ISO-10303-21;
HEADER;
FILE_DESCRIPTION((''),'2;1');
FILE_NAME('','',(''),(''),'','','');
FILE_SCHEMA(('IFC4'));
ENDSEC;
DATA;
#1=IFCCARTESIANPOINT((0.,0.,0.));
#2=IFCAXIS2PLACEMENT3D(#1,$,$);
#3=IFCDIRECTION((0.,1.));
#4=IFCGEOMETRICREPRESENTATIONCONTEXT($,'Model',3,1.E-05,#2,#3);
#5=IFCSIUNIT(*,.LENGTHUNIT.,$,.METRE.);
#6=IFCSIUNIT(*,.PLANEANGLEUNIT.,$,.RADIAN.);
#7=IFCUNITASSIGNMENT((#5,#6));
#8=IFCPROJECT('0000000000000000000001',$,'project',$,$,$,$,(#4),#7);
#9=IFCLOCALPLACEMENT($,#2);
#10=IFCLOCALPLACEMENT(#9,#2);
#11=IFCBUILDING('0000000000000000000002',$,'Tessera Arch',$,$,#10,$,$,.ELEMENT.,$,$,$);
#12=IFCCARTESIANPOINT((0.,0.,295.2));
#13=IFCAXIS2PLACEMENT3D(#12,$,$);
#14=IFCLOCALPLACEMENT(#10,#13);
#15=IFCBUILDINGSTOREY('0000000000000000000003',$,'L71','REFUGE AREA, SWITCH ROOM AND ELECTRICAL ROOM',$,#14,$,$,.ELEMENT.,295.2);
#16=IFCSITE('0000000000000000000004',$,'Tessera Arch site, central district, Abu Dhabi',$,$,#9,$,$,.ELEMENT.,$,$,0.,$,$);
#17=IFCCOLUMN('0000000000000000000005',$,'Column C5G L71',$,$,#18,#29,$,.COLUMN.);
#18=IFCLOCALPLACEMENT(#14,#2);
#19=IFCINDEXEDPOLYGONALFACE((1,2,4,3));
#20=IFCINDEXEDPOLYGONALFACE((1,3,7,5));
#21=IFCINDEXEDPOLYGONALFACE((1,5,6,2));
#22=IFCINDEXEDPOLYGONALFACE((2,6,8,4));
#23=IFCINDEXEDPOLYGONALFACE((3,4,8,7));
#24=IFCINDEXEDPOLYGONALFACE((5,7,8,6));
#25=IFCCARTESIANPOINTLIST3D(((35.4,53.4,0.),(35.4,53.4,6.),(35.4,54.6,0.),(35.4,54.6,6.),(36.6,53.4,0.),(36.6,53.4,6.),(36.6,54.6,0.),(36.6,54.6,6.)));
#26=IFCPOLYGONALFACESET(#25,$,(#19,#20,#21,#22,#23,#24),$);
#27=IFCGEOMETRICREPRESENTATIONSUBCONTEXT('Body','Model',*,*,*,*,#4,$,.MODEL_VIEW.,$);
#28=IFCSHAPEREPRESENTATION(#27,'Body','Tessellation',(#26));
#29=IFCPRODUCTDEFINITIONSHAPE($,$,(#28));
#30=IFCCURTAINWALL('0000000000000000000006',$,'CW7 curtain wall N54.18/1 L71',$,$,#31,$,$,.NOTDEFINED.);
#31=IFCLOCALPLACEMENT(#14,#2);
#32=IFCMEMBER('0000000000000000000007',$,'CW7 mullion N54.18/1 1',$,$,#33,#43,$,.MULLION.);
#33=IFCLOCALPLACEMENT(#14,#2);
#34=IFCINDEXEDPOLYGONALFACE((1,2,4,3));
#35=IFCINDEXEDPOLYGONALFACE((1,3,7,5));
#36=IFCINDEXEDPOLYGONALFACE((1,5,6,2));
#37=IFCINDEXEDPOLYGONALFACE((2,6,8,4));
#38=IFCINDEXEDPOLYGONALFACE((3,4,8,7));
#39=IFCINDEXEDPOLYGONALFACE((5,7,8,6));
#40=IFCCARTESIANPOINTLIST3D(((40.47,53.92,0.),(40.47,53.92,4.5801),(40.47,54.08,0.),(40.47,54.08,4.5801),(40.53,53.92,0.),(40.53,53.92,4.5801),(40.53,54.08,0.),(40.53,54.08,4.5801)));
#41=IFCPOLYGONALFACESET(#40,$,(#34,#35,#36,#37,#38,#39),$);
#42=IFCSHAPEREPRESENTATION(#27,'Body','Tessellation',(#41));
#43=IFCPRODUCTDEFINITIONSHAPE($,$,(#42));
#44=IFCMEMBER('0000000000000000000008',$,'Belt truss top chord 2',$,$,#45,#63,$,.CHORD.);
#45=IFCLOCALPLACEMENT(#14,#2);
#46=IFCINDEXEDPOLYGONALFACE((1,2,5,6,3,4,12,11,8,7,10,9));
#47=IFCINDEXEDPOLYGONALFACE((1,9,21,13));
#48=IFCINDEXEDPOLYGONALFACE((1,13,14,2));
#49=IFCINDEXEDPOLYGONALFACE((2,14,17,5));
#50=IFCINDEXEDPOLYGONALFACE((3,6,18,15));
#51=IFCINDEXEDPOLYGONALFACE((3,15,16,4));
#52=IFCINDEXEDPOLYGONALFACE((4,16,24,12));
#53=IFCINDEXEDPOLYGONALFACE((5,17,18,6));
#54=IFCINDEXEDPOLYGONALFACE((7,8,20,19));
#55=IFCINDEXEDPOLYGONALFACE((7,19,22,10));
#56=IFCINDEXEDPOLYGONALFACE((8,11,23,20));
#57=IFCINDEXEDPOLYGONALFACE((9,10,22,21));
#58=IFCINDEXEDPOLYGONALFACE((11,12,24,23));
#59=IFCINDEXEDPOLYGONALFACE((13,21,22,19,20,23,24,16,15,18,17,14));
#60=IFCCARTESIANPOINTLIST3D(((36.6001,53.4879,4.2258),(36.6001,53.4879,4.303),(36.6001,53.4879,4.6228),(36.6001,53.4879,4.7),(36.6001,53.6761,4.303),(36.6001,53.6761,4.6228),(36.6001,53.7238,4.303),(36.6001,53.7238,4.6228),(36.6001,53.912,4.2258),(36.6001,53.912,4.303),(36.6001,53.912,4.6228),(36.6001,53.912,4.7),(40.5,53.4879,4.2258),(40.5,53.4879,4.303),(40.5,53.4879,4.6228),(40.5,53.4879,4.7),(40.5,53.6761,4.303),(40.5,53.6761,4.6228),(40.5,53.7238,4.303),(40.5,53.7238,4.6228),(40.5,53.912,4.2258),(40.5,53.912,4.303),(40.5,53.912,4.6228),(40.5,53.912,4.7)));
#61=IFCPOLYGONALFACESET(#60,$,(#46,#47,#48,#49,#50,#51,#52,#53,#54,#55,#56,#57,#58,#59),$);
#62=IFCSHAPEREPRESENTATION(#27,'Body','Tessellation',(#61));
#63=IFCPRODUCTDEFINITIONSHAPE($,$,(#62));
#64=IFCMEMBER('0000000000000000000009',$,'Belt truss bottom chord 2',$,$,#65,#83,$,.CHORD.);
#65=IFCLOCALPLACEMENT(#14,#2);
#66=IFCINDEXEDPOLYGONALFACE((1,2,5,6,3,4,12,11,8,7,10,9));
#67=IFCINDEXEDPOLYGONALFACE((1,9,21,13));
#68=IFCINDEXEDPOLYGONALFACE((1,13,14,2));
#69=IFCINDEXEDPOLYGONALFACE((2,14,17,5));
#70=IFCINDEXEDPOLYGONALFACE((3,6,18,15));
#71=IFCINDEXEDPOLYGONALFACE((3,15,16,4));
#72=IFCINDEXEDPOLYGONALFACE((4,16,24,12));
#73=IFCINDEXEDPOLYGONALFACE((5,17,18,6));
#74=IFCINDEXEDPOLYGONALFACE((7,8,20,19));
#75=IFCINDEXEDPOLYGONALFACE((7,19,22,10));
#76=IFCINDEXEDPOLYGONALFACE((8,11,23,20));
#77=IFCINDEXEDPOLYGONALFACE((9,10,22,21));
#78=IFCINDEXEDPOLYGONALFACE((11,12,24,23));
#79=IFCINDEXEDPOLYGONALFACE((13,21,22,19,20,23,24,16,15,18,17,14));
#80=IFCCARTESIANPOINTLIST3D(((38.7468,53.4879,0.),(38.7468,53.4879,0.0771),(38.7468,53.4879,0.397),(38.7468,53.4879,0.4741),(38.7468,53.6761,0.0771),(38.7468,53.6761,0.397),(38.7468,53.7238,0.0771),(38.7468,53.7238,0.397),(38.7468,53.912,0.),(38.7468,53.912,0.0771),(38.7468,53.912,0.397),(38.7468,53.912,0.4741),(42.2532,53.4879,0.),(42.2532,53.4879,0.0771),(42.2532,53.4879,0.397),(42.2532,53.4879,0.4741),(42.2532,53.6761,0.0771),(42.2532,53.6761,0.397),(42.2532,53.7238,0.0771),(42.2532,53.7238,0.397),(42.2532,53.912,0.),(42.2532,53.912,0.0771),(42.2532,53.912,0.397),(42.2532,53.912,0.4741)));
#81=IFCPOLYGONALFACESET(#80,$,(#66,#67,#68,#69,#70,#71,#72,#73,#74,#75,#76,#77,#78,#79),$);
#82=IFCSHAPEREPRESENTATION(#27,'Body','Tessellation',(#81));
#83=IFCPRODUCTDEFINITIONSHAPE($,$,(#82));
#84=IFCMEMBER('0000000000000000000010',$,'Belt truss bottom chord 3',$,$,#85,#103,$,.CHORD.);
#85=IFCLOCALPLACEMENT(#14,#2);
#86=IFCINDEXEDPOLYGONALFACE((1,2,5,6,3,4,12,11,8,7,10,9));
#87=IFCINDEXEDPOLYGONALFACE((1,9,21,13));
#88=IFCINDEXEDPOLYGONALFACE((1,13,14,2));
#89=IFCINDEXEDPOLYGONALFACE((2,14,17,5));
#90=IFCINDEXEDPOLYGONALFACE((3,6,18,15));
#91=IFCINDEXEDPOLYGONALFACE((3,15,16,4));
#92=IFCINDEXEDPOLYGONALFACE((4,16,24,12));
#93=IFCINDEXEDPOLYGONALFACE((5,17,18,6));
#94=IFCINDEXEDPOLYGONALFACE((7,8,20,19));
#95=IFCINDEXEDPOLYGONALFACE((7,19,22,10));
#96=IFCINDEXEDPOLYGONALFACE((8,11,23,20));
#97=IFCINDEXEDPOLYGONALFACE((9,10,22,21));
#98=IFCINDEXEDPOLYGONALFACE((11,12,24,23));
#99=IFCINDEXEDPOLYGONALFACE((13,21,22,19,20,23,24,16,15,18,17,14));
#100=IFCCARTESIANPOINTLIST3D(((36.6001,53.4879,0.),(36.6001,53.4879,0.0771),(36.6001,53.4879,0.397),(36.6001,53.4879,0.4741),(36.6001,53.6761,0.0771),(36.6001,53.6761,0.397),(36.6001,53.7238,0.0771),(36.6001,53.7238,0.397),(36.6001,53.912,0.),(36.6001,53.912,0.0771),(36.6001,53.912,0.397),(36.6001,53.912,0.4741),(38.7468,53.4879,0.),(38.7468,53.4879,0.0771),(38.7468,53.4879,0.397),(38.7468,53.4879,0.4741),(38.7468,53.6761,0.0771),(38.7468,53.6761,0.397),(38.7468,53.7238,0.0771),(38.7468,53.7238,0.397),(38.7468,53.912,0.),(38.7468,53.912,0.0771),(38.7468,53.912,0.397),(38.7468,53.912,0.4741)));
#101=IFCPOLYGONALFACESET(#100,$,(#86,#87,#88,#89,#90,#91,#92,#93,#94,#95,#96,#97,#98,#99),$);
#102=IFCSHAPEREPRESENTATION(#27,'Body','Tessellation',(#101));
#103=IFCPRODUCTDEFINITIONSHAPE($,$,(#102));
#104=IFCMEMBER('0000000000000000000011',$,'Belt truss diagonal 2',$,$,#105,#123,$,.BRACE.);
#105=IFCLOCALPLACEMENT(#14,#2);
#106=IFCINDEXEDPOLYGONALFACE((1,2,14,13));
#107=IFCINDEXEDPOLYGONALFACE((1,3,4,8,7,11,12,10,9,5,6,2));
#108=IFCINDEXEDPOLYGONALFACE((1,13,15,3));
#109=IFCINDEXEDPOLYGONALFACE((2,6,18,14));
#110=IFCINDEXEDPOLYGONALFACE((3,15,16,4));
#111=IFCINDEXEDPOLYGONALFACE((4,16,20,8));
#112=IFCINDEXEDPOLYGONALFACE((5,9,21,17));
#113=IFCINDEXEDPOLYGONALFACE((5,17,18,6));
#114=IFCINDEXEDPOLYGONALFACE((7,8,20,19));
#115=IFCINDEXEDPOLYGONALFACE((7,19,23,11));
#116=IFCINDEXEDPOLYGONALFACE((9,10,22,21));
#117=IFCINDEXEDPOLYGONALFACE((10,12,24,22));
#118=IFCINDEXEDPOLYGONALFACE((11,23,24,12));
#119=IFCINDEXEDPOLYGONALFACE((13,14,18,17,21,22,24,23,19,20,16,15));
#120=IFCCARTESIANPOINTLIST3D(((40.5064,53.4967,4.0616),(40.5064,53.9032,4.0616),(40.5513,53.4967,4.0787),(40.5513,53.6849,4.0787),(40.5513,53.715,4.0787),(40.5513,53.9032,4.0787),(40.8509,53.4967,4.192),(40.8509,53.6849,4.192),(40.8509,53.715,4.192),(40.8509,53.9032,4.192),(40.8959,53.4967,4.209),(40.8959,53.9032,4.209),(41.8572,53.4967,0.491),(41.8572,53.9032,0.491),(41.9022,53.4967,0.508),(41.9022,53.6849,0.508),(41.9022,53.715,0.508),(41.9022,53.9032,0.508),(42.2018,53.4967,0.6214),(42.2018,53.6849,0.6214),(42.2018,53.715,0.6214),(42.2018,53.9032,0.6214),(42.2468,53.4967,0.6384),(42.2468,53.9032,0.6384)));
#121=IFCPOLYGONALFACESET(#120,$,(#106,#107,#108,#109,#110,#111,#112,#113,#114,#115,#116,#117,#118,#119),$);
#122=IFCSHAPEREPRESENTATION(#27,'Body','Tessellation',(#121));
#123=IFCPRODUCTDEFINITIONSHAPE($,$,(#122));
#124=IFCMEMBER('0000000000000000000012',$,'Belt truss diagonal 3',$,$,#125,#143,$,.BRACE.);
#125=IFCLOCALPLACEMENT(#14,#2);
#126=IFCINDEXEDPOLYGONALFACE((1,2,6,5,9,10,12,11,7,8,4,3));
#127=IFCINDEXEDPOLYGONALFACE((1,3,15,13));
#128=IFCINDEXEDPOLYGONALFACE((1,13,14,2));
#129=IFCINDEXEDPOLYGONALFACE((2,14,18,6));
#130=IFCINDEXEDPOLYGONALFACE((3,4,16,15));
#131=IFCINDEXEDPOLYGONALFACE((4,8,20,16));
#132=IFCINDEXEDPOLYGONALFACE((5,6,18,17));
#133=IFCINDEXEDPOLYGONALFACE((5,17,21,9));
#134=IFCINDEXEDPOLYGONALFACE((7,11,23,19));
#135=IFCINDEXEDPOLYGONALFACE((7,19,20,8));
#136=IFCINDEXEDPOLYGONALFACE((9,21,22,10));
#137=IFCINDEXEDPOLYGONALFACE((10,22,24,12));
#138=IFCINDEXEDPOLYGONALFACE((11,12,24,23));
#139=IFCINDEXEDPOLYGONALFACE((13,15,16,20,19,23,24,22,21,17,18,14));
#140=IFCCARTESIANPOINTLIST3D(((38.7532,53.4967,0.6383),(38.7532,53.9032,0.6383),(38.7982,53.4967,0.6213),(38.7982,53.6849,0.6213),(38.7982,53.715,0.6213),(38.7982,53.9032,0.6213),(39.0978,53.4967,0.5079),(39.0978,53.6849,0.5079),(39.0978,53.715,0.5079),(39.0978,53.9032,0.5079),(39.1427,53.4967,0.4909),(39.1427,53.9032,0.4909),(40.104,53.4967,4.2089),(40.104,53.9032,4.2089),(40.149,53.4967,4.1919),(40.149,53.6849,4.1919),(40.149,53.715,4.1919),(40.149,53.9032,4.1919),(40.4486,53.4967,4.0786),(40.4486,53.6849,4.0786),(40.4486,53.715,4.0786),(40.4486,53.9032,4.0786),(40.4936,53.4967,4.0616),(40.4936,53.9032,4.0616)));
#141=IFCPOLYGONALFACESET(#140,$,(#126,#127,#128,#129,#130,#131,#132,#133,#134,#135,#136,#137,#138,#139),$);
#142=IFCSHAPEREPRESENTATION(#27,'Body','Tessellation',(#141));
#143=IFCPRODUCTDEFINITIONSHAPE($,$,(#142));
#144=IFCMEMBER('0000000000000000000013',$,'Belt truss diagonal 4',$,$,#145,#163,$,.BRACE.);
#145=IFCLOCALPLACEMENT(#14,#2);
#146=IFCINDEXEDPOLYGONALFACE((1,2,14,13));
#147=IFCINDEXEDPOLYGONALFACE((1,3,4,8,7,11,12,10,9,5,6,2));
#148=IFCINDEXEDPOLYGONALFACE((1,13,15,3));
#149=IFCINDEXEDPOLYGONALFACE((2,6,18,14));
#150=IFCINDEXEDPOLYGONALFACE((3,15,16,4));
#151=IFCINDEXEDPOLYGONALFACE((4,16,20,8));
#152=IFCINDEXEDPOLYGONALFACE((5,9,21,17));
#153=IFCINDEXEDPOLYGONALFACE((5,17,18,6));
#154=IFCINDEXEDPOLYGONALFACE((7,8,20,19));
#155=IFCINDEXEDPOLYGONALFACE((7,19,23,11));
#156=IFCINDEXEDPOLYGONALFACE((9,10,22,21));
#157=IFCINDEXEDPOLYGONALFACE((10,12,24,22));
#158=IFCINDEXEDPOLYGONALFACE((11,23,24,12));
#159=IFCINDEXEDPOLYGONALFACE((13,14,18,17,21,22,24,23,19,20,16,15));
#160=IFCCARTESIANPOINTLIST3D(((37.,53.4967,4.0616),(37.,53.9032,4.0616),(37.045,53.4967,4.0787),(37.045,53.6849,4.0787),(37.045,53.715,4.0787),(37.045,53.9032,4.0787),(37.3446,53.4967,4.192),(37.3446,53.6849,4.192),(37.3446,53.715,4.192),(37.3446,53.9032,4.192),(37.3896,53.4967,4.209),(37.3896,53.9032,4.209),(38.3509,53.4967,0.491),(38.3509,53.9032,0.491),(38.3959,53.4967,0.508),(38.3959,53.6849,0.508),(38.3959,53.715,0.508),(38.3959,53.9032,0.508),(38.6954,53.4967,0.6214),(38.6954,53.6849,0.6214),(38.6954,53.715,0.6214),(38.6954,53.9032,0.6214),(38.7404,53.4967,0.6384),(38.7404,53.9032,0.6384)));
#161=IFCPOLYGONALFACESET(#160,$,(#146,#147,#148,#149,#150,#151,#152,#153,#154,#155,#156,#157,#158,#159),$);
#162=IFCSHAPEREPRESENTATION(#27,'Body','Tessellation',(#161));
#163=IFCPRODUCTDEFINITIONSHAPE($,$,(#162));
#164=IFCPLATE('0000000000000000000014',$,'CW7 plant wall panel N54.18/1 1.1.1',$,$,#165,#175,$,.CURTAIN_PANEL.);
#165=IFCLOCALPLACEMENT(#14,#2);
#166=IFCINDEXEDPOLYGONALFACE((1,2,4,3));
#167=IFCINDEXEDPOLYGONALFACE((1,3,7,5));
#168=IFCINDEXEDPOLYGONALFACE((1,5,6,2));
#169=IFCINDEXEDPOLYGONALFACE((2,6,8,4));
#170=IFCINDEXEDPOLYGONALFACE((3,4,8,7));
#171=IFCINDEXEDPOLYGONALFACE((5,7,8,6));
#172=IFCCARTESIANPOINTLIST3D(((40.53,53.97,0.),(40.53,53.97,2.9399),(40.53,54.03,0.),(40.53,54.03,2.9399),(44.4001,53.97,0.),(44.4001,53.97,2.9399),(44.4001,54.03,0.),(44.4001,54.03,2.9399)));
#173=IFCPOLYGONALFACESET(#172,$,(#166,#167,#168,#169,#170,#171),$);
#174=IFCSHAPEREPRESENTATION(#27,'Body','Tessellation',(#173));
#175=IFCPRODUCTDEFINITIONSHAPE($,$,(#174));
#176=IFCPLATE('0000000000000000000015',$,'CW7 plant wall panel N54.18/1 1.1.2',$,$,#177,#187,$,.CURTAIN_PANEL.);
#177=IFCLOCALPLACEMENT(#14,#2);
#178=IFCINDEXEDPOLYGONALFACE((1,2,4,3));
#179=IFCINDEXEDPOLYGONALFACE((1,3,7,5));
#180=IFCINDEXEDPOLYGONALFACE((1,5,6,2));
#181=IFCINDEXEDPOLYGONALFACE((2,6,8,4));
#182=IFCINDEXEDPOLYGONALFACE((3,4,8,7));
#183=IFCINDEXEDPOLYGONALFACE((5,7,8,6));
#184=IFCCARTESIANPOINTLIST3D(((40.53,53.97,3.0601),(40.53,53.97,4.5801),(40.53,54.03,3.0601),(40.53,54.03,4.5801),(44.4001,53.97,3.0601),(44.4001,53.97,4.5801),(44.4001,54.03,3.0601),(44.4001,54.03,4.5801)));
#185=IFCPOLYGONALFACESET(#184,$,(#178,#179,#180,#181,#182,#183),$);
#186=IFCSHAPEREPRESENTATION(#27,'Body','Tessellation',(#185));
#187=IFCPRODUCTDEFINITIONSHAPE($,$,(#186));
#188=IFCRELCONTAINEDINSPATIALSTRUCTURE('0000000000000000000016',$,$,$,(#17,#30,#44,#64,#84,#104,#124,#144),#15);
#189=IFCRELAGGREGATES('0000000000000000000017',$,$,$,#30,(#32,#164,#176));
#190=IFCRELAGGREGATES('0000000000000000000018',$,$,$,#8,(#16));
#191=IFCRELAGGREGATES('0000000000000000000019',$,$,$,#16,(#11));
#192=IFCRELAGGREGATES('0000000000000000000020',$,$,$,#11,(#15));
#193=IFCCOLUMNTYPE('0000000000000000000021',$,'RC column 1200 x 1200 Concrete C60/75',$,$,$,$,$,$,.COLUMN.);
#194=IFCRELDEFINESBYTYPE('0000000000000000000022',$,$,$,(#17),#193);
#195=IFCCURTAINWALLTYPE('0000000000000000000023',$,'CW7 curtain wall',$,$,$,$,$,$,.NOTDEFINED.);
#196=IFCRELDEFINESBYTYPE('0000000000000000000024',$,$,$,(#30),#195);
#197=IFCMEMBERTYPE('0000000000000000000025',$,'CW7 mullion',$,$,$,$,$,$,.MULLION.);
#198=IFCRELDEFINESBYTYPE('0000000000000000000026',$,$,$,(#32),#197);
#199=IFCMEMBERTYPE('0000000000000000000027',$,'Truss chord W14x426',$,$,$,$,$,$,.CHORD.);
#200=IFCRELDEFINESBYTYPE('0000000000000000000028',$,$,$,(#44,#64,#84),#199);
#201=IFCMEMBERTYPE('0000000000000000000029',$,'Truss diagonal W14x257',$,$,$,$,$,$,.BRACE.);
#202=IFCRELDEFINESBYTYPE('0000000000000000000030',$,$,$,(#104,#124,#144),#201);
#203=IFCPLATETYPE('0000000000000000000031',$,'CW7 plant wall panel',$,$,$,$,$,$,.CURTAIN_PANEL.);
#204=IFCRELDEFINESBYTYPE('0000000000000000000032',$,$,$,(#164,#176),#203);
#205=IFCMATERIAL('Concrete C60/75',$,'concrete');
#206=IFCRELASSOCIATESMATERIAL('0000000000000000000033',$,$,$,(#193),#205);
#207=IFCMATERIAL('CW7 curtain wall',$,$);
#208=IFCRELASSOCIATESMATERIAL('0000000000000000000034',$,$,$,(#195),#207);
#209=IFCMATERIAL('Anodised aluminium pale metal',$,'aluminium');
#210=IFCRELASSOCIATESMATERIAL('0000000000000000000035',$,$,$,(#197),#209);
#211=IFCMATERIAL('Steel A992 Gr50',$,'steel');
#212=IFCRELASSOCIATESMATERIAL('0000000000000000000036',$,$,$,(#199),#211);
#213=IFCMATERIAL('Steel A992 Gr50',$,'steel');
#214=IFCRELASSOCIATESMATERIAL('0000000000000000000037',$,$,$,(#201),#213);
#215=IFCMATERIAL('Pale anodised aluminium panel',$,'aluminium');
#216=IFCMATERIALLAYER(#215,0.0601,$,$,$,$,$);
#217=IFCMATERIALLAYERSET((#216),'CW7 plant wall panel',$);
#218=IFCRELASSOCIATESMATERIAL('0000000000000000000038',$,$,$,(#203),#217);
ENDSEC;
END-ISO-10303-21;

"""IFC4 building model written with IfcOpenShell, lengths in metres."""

from ifc_helpers import new_model, si_unit, direction, frame, origin, origin_2d, place, context, subcontext, project, spatial, rectangle, i_section, extrude, material, layer, layer_set, material_profile, profile_set, type_object, element, aggregate, save


model = new_model("IFC4")

# Units and contexts
model_context = context("Model", 3, precision=1e-05, world=origin(), true_north=direction((0.0, 1.0)))
body_context = subcontext(model_context, "Body", "Model", "MODEL_VIEW")
ifc_project = project(units=[si_unit("LENGTHUNIT", "METRE"), si_unit("PLANEANGLEUNIT", "RADIAN")], contexts=[model_context])

# Site, building, storey
site_placement = place(None, origin())
site = spatial("IfcSite", under=ifc_project, at=site_placement, Name="Tessera Arch site, central district, Abu Dhabi", CompositionType="ELEMENT", RefElevation=0.0)
building_placement = place(site_placement, origin())
building = spatial("IfcBuilding", under=site, at=building_placement, Name="Tessera Arch", CompositionType="ELEMENT")
storey_placement = place(building_placement, frame((0.0, 0.0, 295.2)))
storey = spatial("IfcBuildingStorey", under=building, at=storey_placement, Name="L71", Description="REFUGE AREA, SWITCH ROOM AND ELECTRICAL ROOM", CompositionType="ELEMENT", Elevation=295.2)

# Column
ifc_material_1 = material(Name="Concrete C60/75", Category="concrete")
ifc_material_profile_1 = material_profile(ifc_material_1, rectangle(XDim=1.2, YDim=1.2, at=origin_2d()), Name="RC column 1200 x 1200 Concrete C60/75")
ifc_profile_set_1 = profile_set([ifc_material_profile_1], Name="Concrete C60/75")
column_type = type_object("IfcColumnType", Name="RC column 1200 x 1200 Concrete C60/75", PredefinedType="COLUMN", material=ifc_profile_set_1)
column_placement = place(storey_placement, frame((36.0, 54.0, 0.0), z_axis=(0.0, 0.0, 1.0), x_axis=(1.0, 0.0, 0.0)))
element("IfcColumn", 1, at=column_placement, inside=storey, type_object=column_type, Name="Column C5G L71", PredefinedType="COLUMN", context=body_context, shape_type="SweptSolid", body=[
    extrude(rectangle(XDim=1.2, YDim=1.2, at=origin_2d()), origin(), (0.0, 0.0, 1.0), 6.0),
])

# Curtain wall, member
ifc_material_2 = material(Name="CW7 curtain wall")
curtain_wall_type = type_object("IfcCurtainWallType", Name="CW7 curtain wall", PredefinedType="NOTDEFINED", material=ifc_material_2)
curtain_wall_placement = place(storey_placement, origin())
curtain_wall = element("IfcCurtainWall", 2, at=curtain_wall_placement, inside=storey, type_object=curtain_wall_type, Name="CW7 curtain wall N54.18/1 L71", PredefinedType="NOTDEFINED")
ifc_material_3 = material(Name="Anodised aluminium pale metal", Category="aluminium")
ifc_material_profile_2 = material_profile(ifc_material_3, rectangle(XDim=0.1599, YDim=0.0601, at=origin_2d()), Name="AL 60x160")
ifc_profile_set_2 = profile_set([ifc_material_profile_2], Name="Anodised aluminium pale metal")
member_type_1 = type_object("IfcMemberType", Name="CW7 mullion", PredefinedType="MULLION", material=ifc_profile_set_2)
member_1_placement = place(storey_placement, frame((40.5, 54.0, 0.0), z_axis=(0.0, 0.0, 1.0), x_axis=(0.0, -1.0, 0.0)))
member_1 = element("IfcMember", 3, at=member_1_placement, type_object=member_type_1, Name="CW7 mullion N54.18/1 1", PredefinedType="MULLION", context=body_context, shape_type="SweptSolid", body=[
    extrude(rectangle(XDim=0.1599, YDim=0.0601, at=origin_2d()), origin(), (0.0, 0.0, 1.0), 4.5801),
])

# Members
ifc_material_4 = material(Name="Steel A992 Gr50", Category="steel")
ifc_material_profile_3 = material_profile(ifc_material_4, i_section(OverallWidth=0.4241, OverallDepth=0.4741, WebThickness=0.0476, FlangeThickness=0.0771, at=origin_2d()), Name="W14x426")
ifc_profile_set_3 = profile_set([ifc_material_profile_3], Name="Steel A992 Gr50")
member_type_2 = type_object("IfcMemberType", Name="Truss chord W14x426", PredefinedType="CHORD", material=ifc_profile_set_3)
member_2_placement = place(storey_placement, frame((40.5, 53.7, 4.4629), z_axis=(-1.0, 0.0, 0.0), x_axis=(0.0, -1.0, 0.0)))
element("IfcMember", 4, at=member_2_placement, inside=storey, type_object=member_type_2, Name="Belt truss top chord 2", PredefinedType="CHORD", context=body_context, shape_type="SweptSolid", body=[
    extrude(i_section(OverallWidth=0.4241, OverallDepth=0.4741, WebThickness=0.0476, FlangeThickness=0.0771, at=origin_2d()), origin(), (0.0, 0.0, 1.0), 3.8999),
])
member_3_placement = place(storey_placement, frame((42.2532, 53.7, 0.2371), z_axis=(-1.0, 0.0, 0.0), x_axis=(0.0, -1.0, 0.0)))
element("IfcMember", 5, at=member_3_placement, inside=storey, type_object=member_type_2, Name="Belt truss bottom chord 2", PredefinedType="CHORD", context=body_context, shape_type="SweptSolid", body=[
    extrude(i_section(OverallWidth=0.4241, OverallDepth=0.4741, WebThickness=0.0476, FlangeThickness=0.0771, at=origin_2d()), origin(), (0.0, 0.0, 1.0), 3.5063),
])
member_4_placement = place(storey_placement, frame((38.7468, 53.7, 0.2371), z_axis=(-1.0, 0.0, 0.0), x_axis=(0.0, -1.0, 0.0)))
element("IfcMember", 6, at=member_4_placement, inside=storey, type_object=member_type_2, Name="Belt truss bottom chord 3", PredefinedType="CHORD", context=body_context, shape_type="SweptSolid", body=[
    extrude(i_section(OverallWidth=0.4241, OverallDepth=0.4741, WebThickness=0.0476, FlangeThickness=0.0771, at=origin_2d()), origin(), (0.0, 0.0, 1.0), 2.1467),
])
ifc_material_5 = material(Name="Steel A992 Gr50", Category="steel")
ifc_material_profile_4 = material_profile(ifc_material_5, i_section(OverallWidth=0.4065, OverallDepth=0.4165, WebThickness=0.03, FlangeThickness=0.0481, at=origin_2d()), Name="W14x257")
ifc_profile_set_4 = profile_set([ifc_material_profile_4], Name="Steel A992 Gr50")
member_type_3 = type_object("IfcMemberType", Name="Truss diagonal W14x257", PredefinedType="BRACE", material=ifc_profile_set_4)
for number, where, z_axis, x_axis, name in (
    (7, (42.052, 53.7, 0.5647), (-0.353848, 0.0, 0.935303), (0.0, -1.0, 0.0), "Belt truss diagonal 2"),
    (8, (40.2988, 53.7, 4.1353), (-0.353848, 0.0, -0.935303), (0.0, -1.0, 0.0), "Belt truss diagonal 3"),
    (9, (38.5457, 53.7, 0.5647), (-0.353848, 0.0, 0.935303), (0.0, -1.0, 0.0), "Belt truss diagonal 4"),
):
    element("IfcMember", number, at=place(storey_placement, frame(where, z_axis=z_axis, x_axis=x_axis)), inside=storey, type_object=member_type_3, Name=name, PredefinedType="BRACE", context=body_context, shape_type="SweptSolid", body=[
        extrude(i_section(OverallWidth=0.4065, OverallDepth=0.4165, WebThickness=0.03, FlangeThickness=0.0481, at=origin_2d()), origin(), (0.0, 0.0, 1.0), 3.8176),
    ])

# Plates
ifc_material_6 = material(Name="Pale anodised aluminium panel", Category="aluminium")
ifc_layer_1 = layer(ifc_material_6, 0.0601)
ifc_layer_set_1 = layer_set([ifc_layer_1], Name="CW7 plant wall panel")
plate_type_1 = type_object("IfcPlateType", Name="CW7 plant wall panel", PredefinedType="CURTAIN_PANEL", material=ifc_layer_set_1)
plate_1_placement = place(storey_placement, frame((42.4651, 54.0, 0.0), z_axis=(0.0, 0.0, 1.0), x_axis=(-1.0, 0.0, 0.0)))
plate_1 = element("IfcPlate", 10, at=plate_1_placement, type_object=plate_type_1, Name="CW7 plant wall panel N54.18/1 1.1.1", PredefinedType="CURTAIN_PANEL", context=body_context, shape_type="SweptSolid", body=[
    extrude(rectangle(XDim=3.8701, YDim=0.0601, at=origin_2d()), origin(), (0.0, 0.0, 1.0), 2.9399),
])
plate_2_placement = place(storey_placement, frame((42.4651, 54.0, 3.0601), z_axis=(0.0, 0.0, 1.0), x_axis=(-1.0, 0.0, 0.0)))
plate_2 = element("IfcPlate", 11, at=plate_2_placement, type_object=plate_type_1, Name="CW7 plant wall panel N54.18/1 1.1.2", PredefinedType="CURTAIN_PANEL", context=body_context, shape_type="SweptSolid", body=[
    extrude(rectangle(XDim=3.8701, YDim=0.0601, at=origin_2d()), origin(), (0.0, 0.0, 1.0), 1.52),
])
aggregate(curtain_wall, [member_1, plate_1, plate_2])

save(model, "model.ifc")
